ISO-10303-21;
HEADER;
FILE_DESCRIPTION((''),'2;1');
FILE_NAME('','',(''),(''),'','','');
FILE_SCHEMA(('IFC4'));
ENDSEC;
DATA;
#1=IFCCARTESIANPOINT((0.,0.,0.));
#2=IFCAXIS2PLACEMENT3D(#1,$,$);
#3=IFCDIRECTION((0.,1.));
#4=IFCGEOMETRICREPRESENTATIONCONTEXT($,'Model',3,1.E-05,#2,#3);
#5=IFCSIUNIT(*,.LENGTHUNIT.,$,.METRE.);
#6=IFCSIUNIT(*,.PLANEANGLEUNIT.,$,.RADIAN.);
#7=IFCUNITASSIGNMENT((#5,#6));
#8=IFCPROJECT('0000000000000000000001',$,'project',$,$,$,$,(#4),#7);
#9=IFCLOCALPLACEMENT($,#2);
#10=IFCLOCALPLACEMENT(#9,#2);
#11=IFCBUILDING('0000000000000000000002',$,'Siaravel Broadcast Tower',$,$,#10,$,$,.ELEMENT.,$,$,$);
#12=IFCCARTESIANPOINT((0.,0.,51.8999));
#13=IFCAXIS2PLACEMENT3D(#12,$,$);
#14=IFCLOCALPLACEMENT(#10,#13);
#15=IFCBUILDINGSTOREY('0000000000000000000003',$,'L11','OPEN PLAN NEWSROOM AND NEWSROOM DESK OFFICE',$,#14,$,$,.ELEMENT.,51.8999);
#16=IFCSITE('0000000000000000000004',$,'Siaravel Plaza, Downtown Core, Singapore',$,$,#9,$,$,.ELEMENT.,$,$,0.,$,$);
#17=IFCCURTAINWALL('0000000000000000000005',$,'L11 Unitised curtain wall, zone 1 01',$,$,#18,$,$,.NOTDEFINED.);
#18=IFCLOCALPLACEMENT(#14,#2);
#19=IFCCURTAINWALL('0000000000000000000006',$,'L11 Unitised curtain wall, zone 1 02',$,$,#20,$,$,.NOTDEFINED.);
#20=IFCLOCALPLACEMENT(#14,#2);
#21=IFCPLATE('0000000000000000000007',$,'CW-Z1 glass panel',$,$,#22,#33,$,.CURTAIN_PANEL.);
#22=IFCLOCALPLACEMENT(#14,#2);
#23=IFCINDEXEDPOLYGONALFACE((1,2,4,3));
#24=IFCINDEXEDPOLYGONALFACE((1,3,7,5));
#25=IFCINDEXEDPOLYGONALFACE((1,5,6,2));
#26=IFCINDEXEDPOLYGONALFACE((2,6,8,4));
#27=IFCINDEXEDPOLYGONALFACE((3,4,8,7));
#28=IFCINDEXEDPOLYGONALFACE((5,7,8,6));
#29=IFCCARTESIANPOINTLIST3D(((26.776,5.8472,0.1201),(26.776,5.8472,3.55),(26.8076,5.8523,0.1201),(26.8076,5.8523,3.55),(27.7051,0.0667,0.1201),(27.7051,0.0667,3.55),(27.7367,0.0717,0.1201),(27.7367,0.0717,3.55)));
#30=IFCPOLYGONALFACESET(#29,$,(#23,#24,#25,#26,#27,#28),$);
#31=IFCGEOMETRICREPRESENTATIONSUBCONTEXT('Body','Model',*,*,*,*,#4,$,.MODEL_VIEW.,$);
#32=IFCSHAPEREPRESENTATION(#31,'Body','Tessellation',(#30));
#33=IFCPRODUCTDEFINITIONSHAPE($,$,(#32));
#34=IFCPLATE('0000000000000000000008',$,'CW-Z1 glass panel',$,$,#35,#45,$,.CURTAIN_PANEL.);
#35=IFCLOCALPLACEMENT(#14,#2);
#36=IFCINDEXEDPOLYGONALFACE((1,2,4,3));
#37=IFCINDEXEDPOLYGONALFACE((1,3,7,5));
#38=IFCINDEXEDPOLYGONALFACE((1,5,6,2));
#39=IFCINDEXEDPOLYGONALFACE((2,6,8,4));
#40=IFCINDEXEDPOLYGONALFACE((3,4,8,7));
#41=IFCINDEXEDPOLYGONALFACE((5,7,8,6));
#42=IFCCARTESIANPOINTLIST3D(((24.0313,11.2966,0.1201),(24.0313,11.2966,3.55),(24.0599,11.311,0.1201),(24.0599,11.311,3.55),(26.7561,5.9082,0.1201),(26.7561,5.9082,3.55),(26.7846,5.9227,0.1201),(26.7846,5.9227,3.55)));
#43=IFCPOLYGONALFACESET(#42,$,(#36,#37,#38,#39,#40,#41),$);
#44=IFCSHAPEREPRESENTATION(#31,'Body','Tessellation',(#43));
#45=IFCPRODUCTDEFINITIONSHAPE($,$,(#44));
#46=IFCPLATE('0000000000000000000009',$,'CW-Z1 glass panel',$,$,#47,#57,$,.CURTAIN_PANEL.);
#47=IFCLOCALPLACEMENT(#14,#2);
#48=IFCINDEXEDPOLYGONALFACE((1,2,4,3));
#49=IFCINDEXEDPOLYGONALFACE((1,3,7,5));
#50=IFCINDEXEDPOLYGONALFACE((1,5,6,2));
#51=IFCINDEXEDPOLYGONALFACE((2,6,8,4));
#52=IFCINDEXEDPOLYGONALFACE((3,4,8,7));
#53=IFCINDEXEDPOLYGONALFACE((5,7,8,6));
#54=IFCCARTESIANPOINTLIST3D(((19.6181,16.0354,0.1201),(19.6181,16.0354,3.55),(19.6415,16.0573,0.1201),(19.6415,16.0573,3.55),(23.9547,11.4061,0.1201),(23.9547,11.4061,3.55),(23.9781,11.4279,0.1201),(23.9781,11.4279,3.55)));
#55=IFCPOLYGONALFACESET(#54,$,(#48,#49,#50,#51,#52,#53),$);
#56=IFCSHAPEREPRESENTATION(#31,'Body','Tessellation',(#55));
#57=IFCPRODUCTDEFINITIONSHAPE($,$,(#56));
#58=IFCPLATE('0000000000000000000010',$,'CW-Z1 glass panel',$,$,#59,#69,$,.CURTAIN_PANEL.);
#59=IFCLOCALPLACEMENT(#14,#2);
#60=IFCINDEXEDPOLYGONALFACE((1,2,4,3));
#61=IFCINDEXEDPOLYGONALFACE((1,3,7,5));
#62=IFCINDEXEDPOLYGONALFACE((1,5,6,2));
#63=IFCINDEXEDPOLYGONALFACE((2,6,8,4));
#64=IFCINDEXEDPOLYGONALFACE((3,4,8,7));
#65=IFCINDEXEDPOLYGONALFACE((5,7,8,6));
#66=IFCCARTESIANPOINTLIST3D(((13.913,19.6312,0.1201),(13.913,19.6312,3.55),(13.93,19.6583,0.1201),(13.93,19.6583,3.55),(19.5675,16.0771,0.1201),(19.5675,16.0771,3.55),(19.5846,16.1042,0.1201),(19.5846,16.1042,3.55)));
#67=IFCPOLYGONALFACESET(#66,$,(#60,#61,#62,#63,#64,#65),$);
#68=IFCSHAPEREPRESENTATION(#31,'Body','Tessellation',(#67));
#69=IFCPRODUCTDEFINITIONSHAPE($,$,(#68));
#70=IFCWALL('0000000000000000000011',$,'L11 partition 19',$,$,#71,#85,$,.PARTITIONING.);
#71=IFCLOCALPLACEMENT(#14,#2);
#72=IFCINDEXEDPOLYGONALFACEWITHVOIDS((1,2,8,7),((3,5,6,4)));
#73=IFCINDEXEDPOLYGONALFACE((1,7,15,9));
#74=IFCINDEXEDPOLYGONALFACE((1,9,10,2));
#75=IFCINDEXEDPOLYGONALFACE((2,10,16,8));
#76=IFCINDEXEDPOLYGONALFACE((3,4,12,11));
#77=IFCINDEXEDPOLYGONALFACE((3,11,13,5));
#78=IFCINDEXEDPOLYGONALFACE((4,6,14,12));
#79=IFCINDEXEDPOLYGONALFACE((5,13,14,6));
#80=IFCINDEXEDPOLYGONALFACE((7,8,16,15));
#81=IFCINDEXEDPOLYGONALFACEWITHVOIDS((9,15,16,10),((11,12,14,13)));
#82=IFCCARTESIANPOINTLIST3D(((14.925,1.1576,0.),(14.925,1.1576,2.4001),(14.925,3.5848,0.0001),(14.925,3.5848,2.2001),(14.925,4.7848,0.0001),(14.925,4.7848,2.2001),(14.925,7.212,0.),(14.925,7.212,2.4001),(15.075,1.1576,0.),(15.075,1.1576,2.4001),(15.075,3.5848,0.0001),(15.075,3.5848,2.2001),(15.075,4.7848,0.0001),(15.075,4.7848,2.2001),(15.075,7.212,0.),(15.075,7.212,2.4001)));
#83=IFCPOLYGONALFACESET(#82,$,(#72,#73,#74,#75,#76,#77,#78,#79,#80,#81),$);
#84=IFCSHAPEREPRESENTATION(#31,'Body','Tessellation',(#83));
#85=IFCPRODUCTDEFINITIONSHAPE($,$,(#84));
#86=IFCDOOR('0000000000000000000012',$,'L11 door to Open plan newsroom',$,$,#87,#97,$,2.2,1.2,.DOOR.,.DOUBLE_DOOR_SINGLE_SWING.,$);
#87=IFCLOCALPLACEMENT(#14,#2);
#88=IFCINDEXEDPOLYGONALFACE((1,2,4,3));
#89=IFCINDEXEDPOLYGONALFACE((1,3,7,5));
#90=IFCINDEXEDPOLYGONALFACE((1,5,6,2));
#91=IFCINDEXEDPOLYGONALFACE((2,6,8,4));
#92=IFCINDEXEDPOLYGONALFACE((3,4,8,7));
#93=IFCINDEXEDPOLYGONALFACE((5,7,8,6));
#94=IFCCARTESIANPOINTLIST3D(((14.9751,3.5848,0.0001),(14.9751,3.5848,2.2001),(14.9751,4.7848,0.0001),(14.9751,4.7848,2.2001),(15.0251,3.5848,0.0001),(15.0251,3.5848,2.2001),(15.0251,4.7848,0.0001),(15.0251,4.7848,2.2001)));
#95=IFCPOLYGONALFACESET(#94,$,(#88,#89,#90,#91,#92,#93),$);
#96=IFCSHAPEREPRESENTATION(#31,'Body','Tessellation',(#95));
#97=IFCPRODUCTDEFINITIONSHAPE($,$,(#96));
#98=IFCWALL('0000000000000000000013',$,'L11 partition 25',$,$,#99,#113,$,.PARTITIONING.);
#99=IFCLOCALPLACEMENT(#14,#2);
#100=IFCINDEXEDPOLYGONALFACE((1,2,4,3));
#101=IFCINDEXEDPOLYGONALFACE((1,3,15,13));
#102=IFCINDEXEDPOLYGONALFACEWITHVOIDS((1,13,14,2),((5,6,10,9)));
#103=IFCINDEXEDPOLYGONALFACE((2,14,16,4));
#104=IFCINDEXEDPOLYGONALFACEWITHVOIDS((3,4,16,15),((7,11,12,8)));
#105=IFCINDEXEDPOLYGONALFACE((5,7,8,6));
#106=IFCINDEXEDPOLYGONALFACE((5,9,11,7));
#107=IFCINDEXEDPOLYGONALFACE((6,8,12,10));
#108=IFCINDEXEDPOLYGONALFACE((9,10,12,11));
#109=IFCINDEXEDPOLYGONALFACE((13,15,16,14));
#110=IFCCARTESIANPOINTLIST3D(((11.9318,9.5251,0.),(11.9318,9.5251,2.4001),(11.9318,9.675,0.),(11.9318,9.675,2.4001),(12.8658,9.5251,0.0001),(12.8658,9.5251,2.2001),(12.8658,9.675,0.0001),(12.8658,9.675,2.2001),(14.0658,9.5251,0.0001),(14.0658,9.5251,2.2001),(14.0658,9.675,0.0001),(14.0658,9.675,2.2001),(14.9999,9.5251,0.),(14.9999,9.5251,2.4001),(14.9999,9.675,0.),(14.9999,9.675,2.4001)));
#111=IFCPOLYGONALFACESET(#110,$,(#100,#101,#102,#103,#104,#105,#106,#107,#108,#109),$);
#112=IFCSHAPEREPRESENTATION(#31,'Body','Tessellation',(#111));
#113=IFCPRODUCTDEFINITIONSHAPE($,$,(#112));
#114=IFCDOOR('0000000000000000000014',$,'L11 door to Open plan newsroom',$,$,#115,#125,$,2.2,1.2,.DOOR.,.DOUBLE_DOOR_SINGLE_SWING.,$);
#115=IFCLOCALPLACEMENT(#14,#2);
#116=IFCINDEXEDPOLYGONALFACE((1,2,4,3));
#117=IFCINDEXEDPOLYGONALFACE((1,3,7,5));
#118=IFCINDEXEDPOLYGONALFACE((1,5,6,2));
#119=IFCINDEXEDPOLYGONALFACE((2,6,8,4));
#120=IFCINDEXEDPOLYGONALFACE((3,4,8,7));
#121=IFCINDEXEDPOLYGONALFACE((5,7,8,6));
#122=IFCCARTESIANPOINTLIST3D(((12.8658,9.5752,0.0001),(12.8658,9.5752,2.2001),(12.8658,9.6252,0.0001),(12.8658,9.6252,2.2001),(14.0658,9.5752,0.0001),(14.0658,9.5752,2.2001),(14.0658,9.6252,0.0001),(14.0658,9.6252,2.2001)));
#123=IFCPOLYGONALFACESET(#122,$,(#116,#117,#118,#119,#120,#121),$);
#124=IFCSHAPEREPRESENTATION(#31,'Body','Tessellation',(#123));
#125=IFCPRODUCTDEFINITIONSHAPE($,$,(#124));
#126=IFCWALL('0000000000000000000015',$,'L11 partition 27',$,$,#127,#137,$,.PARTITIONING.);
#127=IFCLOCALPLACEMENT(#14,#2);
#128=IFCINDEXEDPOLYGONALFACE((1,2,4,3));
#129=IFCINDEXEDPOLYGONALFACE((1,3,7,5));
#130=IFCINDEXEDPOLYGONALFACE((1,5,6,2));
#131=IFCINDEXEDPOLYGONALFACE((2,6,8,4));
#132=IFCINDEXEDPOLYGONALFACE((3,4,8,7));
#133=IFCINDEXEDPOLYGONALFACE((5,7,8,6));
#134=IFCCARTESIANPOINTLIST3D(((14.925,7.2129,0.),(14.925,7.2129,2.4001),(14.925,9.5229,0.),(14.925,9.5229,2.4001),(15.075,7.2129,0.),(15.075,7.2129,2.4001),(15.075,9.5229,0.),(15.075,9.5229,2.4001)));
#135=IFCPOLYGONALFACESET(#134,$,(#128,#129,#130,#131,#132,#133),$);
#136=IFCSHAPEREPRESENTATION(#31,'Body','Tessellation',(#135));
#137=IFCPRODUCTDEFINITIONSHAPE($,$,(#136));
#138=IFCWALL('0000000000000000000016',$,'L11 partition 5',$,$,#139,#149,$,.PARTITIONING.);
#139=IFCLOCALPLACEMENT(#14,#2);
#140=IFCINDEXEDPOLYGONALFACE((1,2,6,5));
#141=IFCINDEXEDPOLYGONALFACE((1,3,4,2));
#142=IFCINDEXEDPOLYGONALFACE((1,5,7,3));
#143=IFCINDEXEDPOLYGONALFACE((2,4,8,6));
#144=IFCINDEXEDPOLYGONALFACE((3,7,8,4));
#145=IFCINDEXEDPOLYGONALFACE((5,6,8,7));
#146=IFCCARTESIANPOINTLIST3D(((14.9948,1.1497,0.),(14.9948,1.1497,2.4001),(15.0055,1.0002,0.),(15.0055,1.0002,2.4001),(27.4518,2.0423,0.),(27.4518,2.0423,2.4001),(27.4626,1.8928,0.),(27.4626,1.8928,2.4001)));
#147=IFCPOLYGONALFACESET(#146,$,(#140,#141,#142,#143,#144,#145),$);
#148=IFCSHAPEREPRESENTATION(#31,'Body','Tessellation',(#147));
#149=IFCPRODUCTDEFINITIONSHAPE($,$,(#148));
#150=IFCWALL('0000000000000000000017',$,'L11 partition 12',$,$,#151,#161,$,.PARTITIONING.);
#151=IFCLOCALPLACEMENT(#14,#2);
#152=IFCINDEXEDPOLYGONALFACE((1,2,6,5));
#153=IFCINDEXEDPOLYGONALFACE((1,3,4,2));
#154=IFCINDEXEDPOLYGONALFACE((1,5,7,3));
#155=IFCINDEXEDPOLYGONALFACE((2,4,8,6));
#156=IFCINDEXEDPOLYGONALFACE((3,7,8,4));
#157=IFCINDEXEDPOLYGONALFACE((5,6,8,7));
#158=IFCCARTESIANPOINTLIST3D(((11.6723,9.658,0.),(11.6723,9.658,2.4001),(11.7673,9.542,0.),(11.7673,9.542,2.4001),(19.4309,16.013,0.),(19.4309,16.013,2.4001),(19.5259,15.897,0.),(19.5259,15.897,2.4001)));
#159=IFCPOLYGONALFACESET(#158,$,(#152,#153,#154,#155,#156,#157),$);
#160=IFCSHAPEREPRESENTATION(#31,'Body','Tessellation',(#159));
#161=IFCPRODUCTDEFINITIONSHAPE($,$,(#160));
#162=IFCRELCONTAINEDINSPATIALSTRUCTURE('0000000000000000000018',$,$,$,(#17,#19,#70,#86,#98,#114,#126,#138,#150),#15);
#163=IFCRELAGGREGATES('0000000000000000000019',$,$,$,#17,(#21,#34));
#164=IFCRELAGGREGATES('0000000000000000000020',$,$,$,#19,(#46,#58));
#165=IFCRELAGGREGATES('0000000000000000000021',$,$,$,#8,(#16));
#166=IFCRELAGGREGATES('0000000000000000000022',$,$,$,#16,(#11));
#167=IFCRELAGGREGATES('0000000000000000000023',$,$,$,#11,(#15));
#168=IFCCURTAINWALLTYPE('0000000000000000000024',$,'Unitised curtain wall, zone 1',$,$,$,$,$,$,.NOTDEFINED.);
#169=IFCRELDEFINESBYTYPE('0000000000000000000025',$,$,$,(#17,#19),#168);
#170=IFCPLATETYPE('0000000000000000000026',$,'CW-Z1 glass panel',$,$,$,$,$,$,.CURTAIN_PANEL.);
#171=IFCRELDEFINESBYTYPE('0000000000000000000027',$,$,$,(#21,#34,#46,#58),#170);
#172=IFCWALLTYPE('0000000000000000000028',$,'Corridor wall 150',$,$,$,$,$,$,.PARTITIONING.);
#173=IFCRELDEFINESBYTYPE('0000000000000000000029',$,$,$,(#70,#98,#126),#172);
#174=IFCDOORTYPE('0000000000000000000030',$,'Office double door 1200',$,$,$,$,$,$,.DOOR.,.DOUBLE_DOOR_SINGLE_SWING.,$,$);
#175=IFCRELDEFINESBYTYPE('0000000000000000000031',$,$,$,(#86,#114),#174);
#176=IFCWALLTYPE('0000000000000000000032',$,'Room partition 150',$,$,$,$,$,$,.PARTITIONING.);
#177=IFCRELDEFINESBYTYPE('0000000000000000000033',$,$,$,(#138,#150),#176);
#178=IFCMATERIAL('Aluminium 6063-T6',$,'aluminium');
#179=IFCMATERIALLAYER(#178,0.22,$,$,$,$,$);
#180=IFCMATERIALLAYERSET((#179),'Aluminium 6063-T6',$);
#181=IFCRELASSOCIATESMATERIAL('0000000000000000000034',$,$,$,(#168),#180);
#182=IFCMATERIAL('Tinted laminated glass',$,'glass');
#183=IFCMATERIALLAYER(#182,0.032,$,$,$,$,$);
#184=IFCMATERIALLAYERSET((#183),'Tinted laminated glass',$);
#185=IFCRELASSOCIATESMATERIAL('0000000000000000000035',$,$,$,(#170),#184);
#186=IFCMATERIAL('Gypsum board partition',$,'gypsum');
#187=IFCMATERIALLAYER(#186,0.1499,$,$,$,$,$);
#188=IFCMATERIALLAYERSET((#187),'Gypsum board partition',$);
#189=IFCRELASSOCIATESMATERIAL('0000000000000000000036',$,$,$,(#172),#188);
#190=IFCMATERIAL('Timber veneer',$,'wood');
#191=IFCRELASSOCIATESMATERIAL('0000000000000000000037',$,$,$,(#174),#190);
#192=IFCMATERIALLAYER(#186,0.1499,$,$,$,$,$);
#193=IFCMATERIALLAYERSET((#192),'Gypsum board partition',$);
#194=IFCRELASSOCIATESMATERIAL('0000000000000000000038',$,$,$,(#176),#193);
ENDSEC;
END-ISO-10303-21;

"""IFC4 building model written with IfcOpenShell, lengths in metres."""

from ifc_helpers import new_model, si_unit, direction, frame, frame_2d, origin, origin_2d, place, context, subcontext, project, spatial, rectangle, extrude, material, layer, layer_set, type_object, element, fill, aggregate, save


model = new_model("IFC4")

# Units and contexts
model_context = context("Model", 3, precision=1e-05, world=origin(), true_north=direction((0.0, 1.0)))
body_context = subcontext(model_context, "Body", "Model", "MODEL_VIEW")
ifc_project = project(units=[si_unit("LENGTHUNIT", "METRE"), si_unit("PLANEANGLEUNIT", "RADIAN")], contexts=[model_context])

# Site, building, storey
site_placement = place(None, origin())
site = spatial("IfcSite", under=ifc_project, at=site_placement, Name="Siaravel Plaza, Downtown Core, Singapore", CompositionType="ELEMENT", RefElevation=0.0)
building_placement = place(site_placement, origin())
building = spatial("IfcBuilding", under=site, at=building_placement, Name="Siaravel Broadcast Tower", CompositionType="ELEMENT")
storey_placement = place(building_placement, frame((0.0, 0.0, 51.8999)))
storey = spatial("IfcBuildingStorey", under=building, at=storey_placement, Name="L11", Description="OPEN PLAN NEWSROOM AND NEWSROOM DESK OFFICE", CompositionType="ELEMENT", Elevation=51.8999)

# Curtain walls
ifc_material_1 = material(Name="Aluminium 6063-T6", Category="aluminium")
ifc_layer_1 = layer(ifc_material_1, 0.22)
ifc_layer_set_1 = layer_set([ifc_layer_1], Name="Aluminium 6063-T6")
curtain_wall_type = type_object("IfcCurtainWallType", Name="Unitised curtain wall, zone 1", PredefinedType="NOTDEFINED", material=ifc_layer_set_1)
curtain_wall_1_placement = place(storey_placement, origin())
curtain_wall_1 = element("IfcCurtainWall", 1, at=curtain_wall_1_placement, inside=storey, type_object=curtain_wall_type, Name="L11 Unitised curtain wall, zone 1 01", PredefinedType="NOTDEFINED")
curtain_wall_2_placement = place(storey_placement, origin())
curtain_wall_2 = element("IfcCurtainWall", 2, at=curtain_wall_2_placement, inside=storey, type_object=curtain_wall_type, Name="L11 Unitised curtain wall, zone 1 02", PredefinedType="NOTDEFINED")

# Plates
ifc_material_2 = material(Name="Tinted laminated glass", Category="glass")
ifc_layer_2 = layer(ifc_material_2, 0.032)
ifc_layer_set_2 = layer_set([ifc_layer_2], Name="Tinted laminated glass")
plate_type = type_object("IfcPlateType", Name="CW-Z1 glass panel", PredefinedType="CURTAIN_PANEL", material=ifc_layer_set_2)
plate_1_placement = place(storey_placement, frame((27.2563, 2.9595, 0.1201), z_axis=(0.0, 0.0, 1.0), x_axis=(-0.158686, 0.987329, 0.0)))
plate_1 = element("IfcPlate", 3, at=plate_1_placement, type_object=plate_type, Name="CW-Z1 glass panel", PredefinedType="CURTAIN_PANEL", context=body_context, shape_type="SweptSolid", body=[
    extrude(rectangle(XDim=5.8547, YDim=0.032, at=origin_2d()), origin(), (0.0, 0.0, 1.0), 3.4299),
])
plate_2_placement = place(storey_placement, frame((25.408, 8.6096, 0.1201), z_axis=(0.0, 0.0, 1.0), x_axis=(-0.451261, 0.892392, 0.0)))
plate_2 = element("IfcPlate", 4, at=plate_2_placement, type_object=plate_type, Name="CW-Z1 glass panel", PredefinedType="CURTAIN_PANEL", context=body_context, shape_type="SweptSolid", body=[
    extrude(rectangle(XDim=6.0381, YDim=0.032, at=origin_2d()), origin(), (0.0, 0.0, 1.0), 3.4299),
])
aggregate(curtain_wall_1, [plate_1, plate_2])
plate_3_placement = place(storey_placement, frame((21.7981, 13.7317, 0.1201), z_axis=(0.0, 0.0, 1.0), x_axis=(-0.683655, 0.729805, 0.0)))
plate_3 = element("IfcPlate", 5, at=plate_3_placement, type_object=plate_type, Name="CW-Z1 glass panel", PredefinedType="CURTAIN_PANEL", context=body_context, shape_type="SweptSolid", body=[
    extrude(rectangle(XDim=6.3433, YDim=0.032, at=origin_2d()), origin(), (0.0, 0.0, 1.0), 3.4299),
])
plate_4_placement = place(storey_placement, frame((16.7488, 17.8677, 0.1201), z_axis=(0.0, 0.0, 1.0), x_axis=(-0.846651, 0.532149, 0.0)))
plate_4 = element("IfcPlate", 6, at=plate_4_placement, type_object=plate_type, Name="CW-Z1 glass panel", PredefinedType="CURTAIN_PANEL", context=body_context, shape_type="SweptSolid", body=[
    extrude(rectangle(XDim=6.6787, YDim=0.032, at=origin_2d()), origin(), (0.0, 0.0, 1.0), 3.4299),
])
aggregate(curtain_wall_2, [plate_3, plate_4])

# Walls, openings, doors
ifc_material_3 = material(Name="Gypsum board partition", Category="gypsum")
ifc_layer_3 = layer(ifc_material_3, 0.1499)
ifc_layer_set_3 = layer_set([ifc_layer_3], Name="Gypsum board partition")
wall_type_1 = type_object("IfcWallType", Name="Corridor wall 150", PredefinedType="PARTITIONING", material=ifc_layer_set_3)
wall_1_placement = place(storey_placement, frame((15.0, 1.1575, 0.0), z_axis=(0.0, 0.0, 1.0), x_axis=(0.0, 1.0, 0.0)))
wall_1 = element("IfcWall", 7, at=wall_1_placement, inside=storey, type_object=wall_type_1, Name="L11 partition 19", PredefinedType="PARTITIONING", context=body_context, shape_type="SweptSolid", body=[
    extrude(rectangle(XDim=6.0544, YDim=0.1499, at=frame_2d((3.0273, 0.0))), origin(), (0.0, 0.0, 1.0), 2.4001),
])
opening_1_placement = place(wall_1_placement, frame((2.4272, 0.0, 0.0)))
opening_1 = element("IfcOpeningElement", 8, at=opening_1_placement, cuts=wall_1, PredefinedType="OPENING", context=body_context, shape_type="SweptSolid", body=[
    extrude(rectangle(XDim=1.2, YDim=2.2, at=frame_2d((0.6001, 1.1001))), frame((0.0, 0.085, 0.0), z_axis=(0.0, -1.0, 0.0), x_axis=(1.0, 0.0, 0.0)), (0.0, 0.0, 1.0), 0.1699),
])
ifc_material_4 = material(Name="Timber veneer", Category="wood")
door_type = type_object("IfcDoorType", Name="Office double door 1200", OperationType="DOUBLE_DOOR_SINGLE_SWING", PredefinedType="DOOR", material=ifc_material_4)
door_1_placement = place(opening_1_placement, origin())
door_1 = element("IfcDoor", 9, at=door_1_placement, inside=storey, type_object=door_type, Name="L11 door to Open plan newsroom", OperationType="DOUBLE_DOOR_SINGLE_SWING", OverallHeight=2.2, OverallWidth=1.2, PredefinedType="DOOR", context=body_context, shape_type="SweptSolid", body=[
    extrude(rectangle(XDim=1.2, YDim=2.2, at=frame_2d((0.6001, 1.1001))), frame((0.0, 0.0249, 0.0), z_axis=(0.0, -1.0, 0.0), x_axis=(1.0, 0.0, 0.0)), (0.0, 0.0, 1.0), 0.05),
])
fill(opening_1, door_1)
wall_2_placement = place(storey_placement, frame((15.0, 9.6001, 0.0), z_axis=(0.0, 0.0, 1.0), x_axis=(-1.0, 0.0, 0.0)))
wall_2 = element("IfcWall", 10, at=wall_2_placement, inside=storey, type_object=wall_type_1, Name="L11 partition 25", PredefinedType="PARTITIONING", context=body_context, shape_type="SweptSolid", body=[
    extrude(rectangle(XDim=3.0681, YDim=0.1499, at=frame_2d((1.5342, 0.0))), origin(), (0.0, 0.0, 1.0), 2.4001),
])
opening_2_placement = place(wall_2_placement, frame((0.9341, 0.0, 0.0)))
opening_2 = element("IfcOpeningElement", 11, at=opening_2_placement, cuts=wall_2, PredefinedType="OPENING", context=body_context, shape_type="SweptSolid", body=[
    extrude(rectangle(XDim=1.2, YDim=2.2, at=frame_2d((0.6001, 1.1001))), frame((0.0, 0.085, 0.0), z_axis=(0.0, -1.0, 0.0), x_axis=(1.0, 0.0, 0.0)), (0.0, 0.0, 1.0), 0.1699),
])
door_2_placement = place(opening_2_placement, origin())
door_2 = element("IfcDoor", 12, at=door_2_placement, inside=storey, type_object=door_type, Name="L11 door to Open plan newsroom", OperationType="DOUBLE_DOOR_SINGLE_SWING", OverallHeight=2.2, OverallWidth=1.2, PredefinedType="DOOR", context=body_context, shape_type="SweptSolid", body=[
    extrude(rectangle(XDim=1.2, YDim=2.2, at=frame_2d((0.6001, 1.1001))), frame((0.0, 0.0249, 0.0), z_axis=(0.0, -1.0, 0.0), x_axis=(1.0, 0.0, 0.0)), (0.0, 0.0, 1.0), 0.05),
])
fill(opening_2, door_2)

# Walls
wall_3_placement = place(storey_placement, frame((15.0, 7.2129, 0.0), z_axis=(0.0, 0.0, 1.0), x_axis=(0.0, 1.0, 0.0)))
element("IfcWall", 13, at=wall_3_placement, inside=storey, type_object=wall_type_1, Name="L11 partition 27", PredefinedType="PARTITIONING", context=body_context, shape_type="SweptSolid", body=[
    extrude(rectangle(XDim=2.3101, YDim=0.1499, at=frame_2d((1.155, 0.0))), origin(), (0.0, 0.0, 1.0), 2.4001),
])
ifc_layer_4 = layer(ifc_material_3, 0.1499)
ifc_layer_set_4 = layer_set([ifc_layer_4], Name="Gypsum board partition")
wall_type_2 = type_object("IfcWallType", Name="Room partition 150", PredefinedType="PARTITIONING", material=ifc_layer_set_4)
wall_4_placement = place(storey_placement, frame((15.0, 1.075, 0.0), z_axis=(0.0, 0.0, 1.0), x_axis=(0.997443, 0.071469, 0.0)))
element("IfcWall", 14, at=wall_4_placement, inside=storey, type_object=wall_type_2, Name="L11 partition 5", PredefinedType="PARTITIONING", context=body_context, shape_type="SweptSolid", body=[
    extrude(rectangle(XDim=12.489, YDim=0.1499, at=frame_2d((6.2446, 0.0))), origin(), (0.0, 0.0, 1.0), 2.4001),
])
wall_5_placement = place(storey_placement, frame((19.4785, 15.9551, 0.0), z_axis=(0.0, 0.0, 1.0), x_axis=(-0.773611, -0.633661, 0.0)))
element("IfcWall", 15, at=wall_5_placement, inside=storey, type_object=wall_type_2, Name="L11 partition 12", PredefinedType="PARTITIONING", context=body_context, shape_type="SweptSolid", body=[
    extrude(rectangle(XDim=10.0291, YDim=0.1499, at=frame_2d((5.0146, 0.0))), origin(), (0.0, 0.0, 1.0), 2.4001),
])

save(model, "model.ifc")
